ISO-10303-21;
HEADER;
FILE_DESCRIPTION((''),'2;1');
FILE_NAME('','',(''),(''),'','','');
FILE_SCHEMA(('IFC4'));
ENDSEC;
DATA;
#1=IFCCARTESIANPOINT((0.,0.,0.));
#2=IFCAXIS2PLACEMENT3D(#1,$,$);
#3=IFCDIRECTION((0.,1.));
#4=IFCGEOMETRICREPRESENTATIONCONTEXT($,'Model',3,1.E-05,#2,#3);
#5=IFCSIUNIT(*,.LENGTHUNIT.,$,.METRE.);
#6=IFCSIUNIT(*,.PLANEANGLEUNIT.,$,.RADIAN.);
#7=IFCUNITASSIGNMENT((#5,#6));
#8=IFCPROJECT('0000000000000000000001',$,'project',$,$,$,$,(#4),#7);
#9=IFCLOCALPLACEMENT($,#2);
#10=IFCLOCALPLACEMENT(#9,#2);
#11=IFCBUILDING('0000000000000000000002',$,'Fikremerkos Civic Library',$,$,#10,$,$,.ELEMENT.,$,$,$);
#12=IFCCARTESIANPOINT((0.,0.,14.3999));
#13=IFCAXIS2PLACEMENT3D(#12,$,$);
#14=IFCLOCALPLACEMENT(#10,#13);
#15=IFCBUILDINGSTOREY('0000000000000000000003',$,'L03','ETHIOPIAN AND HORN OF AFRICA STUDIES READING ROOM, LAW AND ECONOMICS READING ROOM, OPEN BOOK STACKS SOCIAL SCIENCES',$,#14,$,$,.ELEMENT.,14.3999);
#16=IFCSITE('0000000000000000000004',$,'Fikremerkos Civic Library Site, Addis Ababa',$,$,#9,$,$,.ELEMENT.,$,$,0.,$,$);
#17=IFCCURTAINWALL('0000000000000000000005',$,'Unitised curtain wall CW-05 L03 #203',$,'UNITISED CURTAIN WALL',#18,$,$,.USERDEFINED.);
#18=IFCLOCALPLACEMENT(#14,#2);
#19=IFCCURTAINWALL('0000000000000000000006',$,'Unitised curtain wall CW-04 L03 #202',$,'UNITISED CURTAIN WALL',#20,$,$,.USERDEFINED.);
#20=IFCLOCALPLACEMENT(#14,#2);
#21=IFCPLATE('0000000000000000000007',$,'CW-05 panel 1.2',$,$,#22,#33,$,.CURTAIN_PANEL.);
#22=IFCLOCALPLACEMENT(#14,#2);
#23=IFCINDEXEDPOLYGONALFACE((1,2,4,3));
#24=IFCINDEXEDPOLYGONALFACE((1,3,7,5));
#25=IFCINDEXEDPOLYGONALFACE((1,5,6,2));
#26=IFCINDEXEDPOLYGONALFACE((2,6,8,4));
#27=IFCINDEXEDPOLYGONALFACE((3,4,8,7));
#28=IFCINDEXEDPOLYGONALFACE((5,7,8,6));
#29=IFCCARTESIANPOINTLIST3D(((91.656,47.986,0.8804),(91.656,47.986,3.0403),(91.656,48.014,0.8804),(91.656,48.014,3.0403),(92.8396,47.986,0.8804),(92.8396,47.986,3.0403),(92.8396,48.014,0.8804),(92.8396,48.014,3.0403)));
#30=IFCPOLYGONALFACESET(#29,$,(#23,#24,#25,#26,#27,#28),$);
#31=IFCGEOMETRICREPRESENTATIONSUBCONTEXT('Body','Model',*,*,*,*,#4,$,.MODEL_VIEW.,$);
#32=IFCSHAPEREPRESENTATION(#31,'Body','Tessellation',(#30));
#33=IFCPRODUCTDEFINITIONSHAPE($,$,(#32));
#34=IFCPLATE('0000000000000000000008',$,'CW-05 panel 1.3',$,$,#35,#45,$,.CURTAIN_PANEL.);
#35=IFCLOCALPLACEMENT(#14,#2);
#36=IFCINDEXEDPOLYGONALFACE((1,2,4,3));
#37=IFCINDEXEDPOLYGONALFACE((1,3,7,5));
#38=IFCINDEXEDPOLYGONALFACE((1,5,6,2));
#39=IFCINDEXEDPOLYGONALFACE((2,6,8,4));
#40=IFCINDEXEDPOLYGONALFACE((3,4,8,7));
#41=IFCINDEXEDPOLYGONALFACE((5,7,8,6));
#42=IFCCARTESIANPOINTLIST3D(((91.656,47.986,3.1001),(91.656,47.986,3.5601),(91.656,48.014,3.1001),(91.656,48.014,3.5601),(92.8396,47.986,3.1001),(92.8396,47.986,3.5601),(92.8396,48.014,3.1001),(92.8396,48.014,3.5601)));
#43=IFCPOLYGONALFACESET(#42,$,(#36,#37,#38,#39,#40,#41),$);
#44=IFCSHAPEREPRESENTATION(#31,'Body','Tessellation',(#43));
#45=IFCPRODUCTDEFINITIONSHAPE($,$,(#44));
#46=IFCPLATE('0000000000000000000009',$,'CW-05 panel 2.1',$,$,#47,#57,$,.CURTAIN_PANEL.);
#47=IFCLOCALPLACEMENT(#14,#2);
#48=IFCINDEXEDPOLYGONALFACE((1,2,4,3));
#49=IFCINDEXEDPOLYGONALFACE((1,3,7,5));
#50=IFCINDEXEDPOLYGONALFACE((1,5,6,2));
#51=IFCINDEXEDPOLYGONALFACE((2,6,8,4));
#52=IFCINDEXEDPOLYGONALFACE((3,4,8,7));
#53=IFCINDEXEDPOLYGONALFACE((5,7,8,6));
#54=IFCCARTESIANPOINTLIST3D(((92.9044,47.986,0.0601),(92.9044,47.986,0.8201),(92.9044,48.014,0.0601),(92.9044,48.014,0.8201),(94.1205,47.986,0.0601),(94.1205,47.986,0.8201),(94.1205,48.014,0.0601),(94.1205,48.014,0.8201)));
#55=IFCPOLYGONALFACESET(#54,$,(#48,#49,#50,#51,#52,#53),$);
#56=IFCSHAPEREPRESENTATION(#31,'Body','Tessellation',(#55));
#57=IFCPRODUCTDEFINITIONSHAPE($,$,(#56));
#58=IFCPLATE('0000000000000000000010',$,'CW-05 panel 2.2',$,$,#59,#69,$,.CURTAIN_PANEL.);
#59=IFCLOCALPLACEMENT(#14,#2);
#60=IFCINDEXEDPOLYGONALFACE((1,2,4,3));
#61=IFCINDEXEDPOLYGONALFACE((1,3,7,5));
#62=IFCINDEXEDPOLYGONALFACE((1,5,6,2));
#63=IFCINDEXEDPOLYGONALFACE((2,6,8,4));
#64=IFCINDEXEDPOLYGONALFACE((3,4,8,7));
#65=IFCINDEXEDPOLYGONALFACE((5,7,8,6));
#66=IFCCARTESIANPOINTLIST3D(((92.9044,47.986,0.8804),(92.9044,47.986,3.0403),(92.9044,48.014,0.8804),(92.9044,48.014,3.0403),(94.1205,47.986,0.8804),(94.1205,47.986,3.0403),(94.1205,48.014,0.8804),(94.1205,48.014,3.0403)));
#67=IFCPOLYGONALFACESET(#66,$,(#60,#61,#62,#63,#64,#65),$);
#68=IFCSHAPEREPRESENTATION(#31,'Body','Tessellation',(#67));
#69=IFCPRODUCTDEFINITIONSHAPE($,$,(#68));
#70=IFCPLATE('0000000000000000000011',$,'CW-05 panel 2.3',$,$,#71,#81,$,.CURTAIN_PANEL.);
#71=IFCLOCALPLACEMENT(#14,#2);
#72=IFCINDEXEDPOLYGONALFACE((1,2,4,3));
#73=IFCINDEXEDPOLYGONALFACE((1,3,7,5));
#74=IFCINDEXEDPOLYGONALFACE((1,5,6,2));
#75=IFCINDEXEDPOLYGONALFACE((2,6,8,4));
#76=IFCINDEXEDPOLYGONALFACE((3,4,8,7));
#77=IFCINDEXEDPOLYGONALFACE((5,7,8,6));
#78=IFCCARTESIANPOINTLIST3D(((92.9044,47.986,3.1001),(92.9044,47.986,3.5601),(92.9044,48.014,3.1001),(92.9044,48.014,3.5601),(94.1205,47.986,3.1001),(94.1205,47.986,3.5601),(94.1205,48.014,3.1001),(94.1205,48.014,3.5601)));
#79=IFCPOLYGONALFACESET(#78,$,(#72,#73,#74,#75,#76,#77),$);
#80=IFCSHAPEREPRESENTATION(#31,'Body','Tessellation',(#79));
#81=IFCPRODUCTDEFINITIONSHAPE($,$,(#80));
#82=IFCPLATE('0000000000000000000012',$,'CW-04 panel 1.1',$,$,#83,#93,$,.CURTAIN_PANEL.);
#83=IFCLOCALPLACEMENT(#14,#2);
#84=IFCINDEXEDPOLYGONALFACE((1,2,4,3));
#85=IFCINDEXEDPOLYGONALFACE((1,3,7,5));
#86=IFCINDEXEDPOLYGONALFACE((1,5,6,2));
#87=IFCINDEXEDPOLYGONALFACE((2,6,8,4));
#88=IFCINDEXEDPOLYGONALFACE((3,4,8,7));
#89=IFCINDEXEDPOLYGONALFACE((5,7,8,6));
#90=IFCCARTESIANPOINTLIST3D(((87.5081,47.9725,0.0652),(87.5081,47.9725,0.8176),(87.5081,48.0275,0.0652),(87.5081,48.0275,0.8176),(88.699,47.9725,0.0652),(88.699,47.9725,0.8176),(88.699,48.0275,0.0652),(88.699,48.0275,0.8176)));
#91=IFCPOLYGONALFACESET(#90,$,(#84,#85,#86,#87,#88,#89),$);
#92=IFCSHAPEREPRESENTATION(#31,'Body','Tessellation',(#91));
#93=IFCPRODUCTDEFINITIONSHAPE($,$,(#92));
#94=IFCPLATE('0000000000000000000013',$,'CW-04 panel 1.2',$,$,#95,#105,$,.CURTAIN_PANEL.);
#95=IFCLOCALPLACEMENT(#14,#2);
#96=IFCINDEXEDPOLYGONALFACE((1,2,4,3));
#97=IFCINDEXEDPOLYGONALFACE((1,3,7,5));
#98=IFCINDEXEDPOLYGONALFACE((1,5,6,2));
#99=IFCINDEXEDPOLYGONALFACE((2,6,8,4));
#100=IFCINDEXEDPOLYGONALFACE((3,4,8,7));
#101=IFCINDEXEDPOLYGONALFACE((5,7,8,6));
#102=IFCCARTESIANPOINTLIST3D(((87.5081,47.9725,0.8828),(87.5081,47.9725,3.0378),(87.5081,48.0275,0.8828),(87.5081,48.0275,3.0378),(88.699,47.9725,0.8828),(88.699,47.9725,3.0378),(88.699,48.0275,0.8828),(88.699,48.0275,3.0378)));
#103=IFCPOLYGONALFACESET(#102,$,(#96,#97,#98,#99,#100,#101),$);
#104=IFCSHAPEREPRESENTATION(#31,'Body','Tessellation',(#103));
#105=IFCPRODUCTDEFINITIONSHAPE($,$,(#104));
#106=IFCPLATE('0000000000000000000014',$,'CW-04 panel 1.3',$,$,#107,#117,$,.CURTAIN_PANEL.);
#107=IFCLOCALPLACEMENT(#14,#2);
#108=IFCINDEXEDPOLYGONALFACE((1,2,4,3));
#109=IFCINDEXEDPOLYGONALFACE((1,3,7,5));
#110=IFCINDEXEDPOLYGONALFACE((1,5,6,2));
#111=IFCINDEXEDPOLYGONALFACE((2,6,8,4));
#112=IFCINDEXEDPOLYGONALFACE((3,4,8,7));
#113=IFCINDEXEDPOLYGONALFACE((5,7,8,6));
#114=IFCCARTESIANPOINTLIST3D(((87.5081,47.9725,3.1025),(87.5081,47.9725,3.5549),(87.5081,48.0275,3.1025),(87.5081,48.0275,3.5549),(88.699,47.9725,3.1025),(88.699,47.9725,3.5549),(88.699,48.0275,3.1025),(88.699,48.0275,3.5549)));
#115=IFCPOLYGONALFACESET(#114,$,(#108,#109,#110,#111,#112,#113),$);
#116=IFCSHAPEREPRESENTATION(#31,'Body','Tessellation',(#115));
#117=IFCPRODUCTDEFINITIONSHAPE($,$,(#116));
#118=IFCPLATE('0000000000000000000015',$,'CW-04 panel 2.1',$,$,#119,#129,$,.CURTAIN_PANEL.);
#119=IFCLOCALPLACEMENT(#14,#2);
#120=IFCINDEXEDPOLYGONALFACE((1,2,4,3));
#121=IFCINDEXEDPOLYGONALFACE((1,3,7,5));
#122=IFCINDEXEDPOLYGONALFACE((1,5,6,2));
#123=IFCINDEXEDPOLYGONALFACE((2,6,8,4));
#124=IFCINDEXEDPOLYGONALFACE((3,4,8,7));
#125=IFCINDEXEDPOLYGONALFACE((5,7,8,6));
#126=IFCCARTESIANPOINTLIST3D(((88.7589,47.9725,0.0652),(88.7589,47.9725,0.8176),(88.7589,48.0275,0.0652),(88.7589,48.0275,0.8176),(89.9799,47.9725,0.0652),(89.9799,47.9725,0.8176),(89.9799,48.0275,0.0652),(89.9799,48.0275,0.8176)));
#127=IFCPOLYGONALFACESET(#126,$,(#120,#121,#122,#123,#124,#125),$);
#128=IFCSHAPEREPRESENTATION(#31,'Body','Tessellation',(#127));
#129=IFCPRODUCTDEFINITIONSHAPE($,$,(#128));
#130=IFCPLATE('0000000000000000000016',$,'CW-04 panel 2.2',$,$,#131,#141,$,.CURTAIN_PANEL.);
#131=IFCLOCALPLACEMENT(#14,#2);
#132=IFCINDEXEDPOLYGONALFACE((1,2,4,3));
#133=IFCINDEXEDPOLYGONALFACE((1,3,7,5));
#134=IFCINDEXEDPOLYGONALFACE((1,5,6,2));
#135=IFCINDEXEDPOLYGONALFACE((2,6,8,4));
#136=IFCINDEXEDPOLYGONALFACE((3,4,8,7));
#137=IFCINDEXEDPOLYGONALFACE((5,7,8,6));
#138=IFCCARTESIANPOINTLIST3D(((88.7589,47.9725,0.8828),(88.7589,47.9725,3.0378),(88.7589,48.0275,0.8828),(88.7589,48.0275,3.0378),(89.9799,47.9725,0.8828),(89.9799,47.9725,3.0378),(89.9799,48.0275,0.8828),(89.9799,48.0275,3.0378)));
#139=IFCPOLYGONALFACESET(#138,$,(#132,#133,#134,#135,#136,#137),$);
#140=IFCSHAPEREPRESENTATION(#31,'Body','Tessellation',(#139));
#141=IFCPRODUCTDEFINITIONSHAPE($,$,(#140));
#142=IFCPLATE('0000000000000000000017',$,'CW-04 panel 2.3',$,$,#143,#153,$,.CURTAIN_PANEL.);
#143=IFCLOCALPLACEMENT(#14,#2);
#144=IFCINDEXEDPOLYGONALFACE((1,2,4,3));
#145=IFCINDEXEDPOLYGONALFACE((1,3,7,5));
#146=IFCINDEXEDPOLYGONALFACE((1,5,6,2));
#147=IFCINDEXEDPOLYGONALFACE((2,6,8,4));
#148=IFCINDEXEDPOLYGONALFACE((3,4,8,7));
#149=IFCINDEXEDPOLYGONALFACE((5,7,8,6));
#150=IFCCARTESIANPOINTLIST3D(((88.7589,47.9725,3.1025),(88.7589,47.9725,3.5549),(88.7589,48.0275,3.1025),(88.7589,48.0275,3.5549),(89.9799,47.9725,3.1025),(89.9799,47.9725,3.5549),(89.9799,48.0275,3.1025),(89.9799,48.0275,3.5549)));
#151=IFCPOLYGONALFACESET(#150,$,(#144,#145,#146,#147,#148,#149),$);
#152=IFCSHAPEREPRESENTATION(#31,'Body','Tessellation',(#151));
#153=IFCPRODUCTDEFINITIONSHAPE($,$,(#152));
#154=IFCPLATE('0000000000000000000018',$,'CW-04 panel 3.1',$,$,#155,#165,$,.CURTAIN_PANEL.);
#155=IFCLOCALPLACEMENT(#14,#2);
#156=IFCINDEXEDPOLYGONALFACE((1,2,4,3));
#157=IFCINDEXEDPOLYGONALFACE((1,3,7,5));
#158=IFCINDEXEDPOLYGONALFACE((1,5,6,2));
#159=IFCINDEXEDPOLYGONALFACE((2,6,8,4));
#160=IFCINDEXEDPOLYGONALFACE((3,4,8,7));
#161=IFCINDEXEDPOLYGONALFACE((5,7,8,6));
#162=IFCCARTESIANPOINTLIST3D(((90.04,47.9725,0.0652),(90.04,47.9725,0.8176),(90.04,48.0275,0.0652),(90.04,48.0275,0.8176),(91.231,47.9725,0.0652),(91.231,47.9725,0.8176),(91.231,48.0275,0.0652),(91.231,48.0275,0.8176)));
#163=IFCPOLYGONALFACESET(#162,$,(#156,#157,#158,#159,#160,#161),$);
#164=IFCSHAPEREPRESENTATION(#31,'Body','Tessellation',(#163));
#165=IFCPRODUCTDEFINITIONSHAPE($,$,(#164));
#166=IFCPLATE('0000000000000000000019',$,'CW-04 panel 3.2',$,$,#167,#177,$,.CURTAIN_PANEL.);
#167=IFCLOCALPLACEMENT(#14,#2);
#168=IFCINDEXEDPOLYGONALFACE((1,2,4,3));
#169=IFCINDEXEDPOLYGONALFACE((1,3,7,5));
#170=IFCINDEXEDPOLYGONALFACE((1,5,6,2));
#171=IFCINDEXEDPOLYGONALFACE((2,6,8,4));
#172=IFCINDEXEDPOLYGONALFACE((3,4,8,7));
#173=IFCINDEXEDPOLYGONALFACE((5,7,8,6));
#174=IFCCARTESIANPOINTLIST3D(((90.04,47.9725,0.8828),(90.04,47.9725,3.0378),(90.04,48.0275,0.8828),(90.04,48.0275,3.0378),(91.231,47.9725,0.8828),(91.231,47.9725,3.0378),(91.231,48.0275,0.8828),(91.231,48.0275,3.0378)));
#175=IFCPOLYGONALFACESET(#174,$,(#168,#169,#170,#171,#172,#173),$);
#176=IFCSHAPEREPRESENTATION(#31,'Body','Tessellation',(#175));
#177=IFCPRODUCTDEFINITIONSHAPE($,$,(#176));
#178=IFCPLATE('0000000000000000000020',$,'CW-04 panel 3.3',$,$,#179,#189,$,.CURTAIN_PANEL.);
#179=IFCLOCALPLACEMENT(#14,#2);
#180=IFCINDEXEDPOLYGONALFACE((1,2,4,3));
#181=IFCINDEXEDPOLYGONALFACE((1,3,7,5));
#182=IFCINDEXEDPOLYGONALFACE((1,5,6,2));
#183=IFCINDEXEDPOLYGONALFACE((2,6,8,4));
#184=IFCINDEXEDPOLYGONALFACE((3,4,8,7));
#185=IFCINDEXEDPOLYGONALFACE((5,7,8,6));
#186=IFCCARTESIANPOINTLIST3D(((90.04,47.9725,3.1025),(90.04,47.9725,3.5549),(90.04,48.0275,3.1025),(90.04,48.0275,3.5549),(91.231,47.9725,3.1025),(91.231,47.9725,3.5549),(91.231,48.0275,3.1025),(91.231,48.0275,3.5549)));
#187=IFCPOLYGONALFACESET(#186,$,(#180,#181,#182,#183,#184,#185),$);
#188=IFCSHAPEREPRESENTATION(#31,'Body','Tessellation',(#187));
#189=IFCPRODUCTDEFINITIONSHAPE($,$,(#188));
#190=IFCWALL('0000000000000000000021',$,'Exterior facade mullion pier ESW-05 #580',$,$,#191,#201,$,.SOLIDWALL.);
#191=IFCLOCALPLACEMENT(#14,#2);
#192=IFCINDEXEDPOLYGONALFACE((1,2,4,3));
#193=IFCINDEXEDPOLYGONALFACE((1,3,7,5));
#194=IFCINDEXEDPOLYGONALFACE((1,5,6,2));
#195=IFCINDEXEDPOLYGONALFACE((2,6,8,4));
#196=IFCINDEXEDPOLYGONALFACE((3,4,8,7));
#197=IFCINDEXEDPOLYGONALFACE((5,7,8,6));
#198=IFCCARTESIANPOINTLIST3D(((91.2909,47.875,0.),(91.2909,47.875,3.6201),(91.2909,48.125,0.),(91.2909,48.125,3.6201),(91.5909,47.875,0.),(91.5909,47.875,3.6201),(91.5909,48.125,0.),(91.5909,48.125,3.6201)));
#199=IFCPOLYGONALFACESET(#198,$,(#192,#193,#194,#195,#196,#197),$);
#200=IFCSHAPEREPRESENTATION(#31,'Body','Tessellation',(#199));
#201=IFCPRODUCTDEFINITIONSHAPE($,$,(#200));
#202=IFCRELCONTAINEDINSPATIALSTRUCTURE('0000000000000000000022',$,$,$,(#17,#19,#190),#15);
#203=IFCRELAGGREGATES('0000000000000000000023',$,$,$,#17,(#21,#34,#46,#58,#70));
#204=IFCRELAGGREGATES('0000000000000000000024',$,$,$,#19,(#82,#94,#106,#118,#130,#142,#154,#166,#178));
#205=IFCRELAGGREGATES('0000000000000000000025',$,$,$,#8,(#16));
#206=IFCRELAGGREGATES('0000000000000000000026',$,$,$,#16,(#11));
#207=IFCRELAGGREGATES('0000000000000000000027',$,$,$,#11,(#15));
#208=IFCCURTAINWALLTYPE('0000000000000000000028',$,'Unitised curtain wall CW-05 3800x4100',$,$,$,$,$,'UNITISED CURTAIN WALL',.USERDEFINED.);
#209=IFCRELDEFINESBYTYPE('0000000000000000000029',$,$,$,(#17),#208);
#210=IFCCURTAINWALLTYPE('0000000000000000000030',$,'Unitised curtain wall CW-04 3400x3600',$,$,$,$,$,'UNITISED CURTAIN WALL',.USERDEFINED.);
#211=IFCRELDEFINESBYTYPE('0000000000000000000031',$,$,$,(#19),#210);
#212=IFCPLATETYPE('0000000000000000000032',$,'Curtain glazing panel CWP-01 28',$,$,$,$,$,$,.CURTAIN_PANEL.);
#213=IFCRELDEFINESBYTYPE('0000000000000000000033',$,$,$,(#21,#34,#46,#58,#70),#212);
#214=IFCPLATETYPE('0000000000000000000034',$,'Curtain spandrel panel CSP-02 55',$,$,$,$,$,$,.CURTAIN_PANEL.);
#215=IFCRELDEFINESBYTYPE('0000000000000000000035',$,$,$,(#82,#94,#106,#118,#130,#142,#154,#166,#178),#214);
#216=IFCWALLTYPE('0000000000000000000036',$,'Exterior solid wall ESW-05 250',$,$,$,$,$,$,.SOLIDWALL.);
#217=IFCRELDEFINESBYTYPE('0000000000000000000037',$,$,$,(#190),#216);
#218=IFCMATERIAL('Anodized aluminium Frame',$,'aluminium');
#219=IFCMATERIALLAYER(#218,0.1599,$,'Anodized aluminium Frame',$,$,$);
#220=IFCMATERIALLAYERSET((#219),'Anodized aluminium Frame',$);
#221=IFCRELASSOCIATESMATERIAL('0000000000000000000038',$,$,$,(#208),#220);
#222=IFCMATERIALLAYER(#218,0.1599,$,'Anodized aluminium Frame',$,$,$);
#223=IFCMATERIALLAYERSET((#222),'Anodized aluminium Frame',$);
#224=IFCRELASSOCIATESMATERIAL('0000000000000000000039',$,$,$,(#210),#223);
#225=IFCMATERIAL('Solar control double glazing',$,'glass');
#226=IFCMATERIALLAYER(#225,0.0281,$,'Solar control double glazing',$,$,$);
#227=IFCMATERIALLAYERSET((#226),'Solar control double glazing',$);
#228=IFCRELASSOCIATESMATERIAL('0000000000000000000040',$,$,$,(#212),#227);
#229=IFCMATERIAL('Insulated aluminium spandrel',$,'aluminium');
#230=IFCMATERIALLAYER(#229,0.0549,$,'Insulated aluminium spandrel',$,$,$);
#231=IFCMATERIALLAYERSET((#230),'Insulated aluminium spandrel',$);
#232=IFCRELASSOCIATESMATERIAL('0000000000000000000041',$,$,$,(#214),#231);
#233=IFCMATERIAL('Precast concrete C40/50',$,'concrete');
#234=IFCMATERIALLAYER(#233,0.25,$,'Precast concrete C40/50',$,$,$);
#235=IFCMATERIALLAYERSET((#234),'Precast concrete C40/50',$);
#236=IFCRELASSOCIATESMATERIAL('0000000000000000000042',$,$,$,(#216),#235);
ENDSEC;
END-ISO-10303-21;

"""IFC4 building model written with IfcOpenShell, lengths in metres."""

from ifc_helpers import new_model, si_unit, direction, frame, frame_2d, origin, origin_2d, place, context, subcontext, project, spatial, rectangle, extrude, material, layer, layer_set, type_object, element, aggregate, save


model = new_model("IFC4")

# Units and contexts
model_context = context("Model", 3, precision=1e-05, world=origin(), true_north=direction((0.0, 1.0)))
body_context = subcontext(model_context, "Body", "Model", "MODEL_VIEW")
ifc_project = project(units=[si_unit("LENGTHUNIT", "METRE"), si_unit("PLANEANGLEUNIT", "RADIAN")], contexts=[model_context])

# Site, building, storey
site_placement = place(None, origin())
site = spatial("IfcSite", under=ifc_project, at=site_placement, Name="Fikremerkos Civic Library Site, Addis Ababa", CompositionType="ELEMENT", RefElevation=0.0)
building_placement = place(site_placement, origin())
building = spatial("IfcBuilding", under=site, at=building_placement, Name="Fikremerkos Civic Library", CompositionType="ELEMENT")
storey_placement = place(building_placement, frame((0.0, 0.0, 14.3999)))
storey = spatial("IfcBuildingStorey", under=building, at=storey_placement, Name="L03", Description="ETHIOPIAN AND HORN OF AFRICA STUDIES READING ROOM, LAW AND ECONOMICS READING ROOM, OPEN BOOK STACKS SOCIAL SCIENCES", CompositionType="ELEMENT", Elevation=14.3999)

# Curtain walls
ifc_material_1 = material(Name="Anodized aluminium Frame", Category="aluminium")
ifc_layer_1 = layer(ifc_material_1, 0.1599, Name="Anodized aluminium Frame")
ifc_layer_set_1 = layer_set([ifc_layer_1], Name="Anodized aluminium Frame")
curtain_wall_type_1 = type_object("IfcCurtainWallType", Name="Unitised curtain wall CW-05 3800x4100", ElementType="UNITISED CURTAIN WALL", PredefinedType="USERDEFINED", material=ifc_layer_set_1)
curtain_wall_1_placement = place(storey_placement, origin())
curtain_wall_1 = element("IfcCurtainWall", 1, at=curtain_wall_1_placement, inside=storey, type_object=curtain_wall_type_1, Name="Unitised curtain wall CW-05 L03 #203", ObjectType="UNITISED CURTAIN WALL", PredefinedType="USERDEFINED")
ifc_layer_2 = layer(ifc_material_1, 0.1599, Name="Anodized aluminium Frame")
ifc_layer_set_2 = layer_set([ifc_layer_2], Name="Anodized aluminium Frame")
curtain_wall_type_2 = type_object("IfcCurtainWallType", Name="Unitised curtain wall CW-04 3400x3600", ElementType="UNITISED CURTAIN WALL", PredefinedType="USERDEFINED", material=ifc_layer_set_2)
curtain_wall_2_placement = place(storey_placement, origin())
curtain_wall_2 = element("IfcCurtainWall", 2, at=curtain_wall_2_placement, inside=storey, type_object=curtain_wall_type_2, Name="Unitised curtain wall CW-04 L03 #202", ObjectType="UNITISED CURTAIN WALL", PredefinedType="USERDEFINED")

# Plates
ifc_material_2 = material(Name="Solar control double glazing", Category="glass")
ifc_layer_3 = layer(ifc_material_2, 0.0281, Name="Solar control double glazing")
ifc_layer_set_3 = layer_set([ifc_layer_3], Name="Solar control double glazing")
plate_type_1 = type_object("IfcPlateType", Name="Curtain glazing panel CWP-01 28", PredefinedType="CURTAIN_PANEL", material=ifc_layer_set_3)
plate_1_placement = place(storey_placement, frame((92.2478, 48.0, 0.8804), z_axis=(0.0, 0.0, 1.0), x_axis=(1.0, 0.0, 0.0)))
plate_1 = element("IfcPlate", 3, at=plate_1_placement, type_object=plate_type_1, Name="CW-05 panel 1.2", PredefinedType="CURTAIN_PANEL", context=body_context, shape_type="SweptSolid", body=[
    extrude(rectangle(XDim=1.1836, YDim=0.0281, at=origin_2d()), origin(), (0.0, 0.0, 1.0), 2.1599),
])
plate_2_placement = place(storey_placement, frame((92.2478, 48.0, 3.1001), z_axis=(0.0, 0.0, 1.0), x_axis=(1.0, 0.0, 0.0)))
plate_2 = element("IfcPlate", 4, at=plate_2_placement, type_object=plate_type_1, Name="CW-05 panel 1.3", PredefinedType="CURTAIN_PANEL", context=body_context, shape_type="SweptSolid", body=[
    extrude(rectangle(XDim=1.1836, YDim=0.0281, at=origin_2d()), origin(), (0.0, 0.0, 1.0), 0.46),
])
plate_3_placement = place(storey_placement, frame((93.5125, 48.0, 0.0601), z_axis=(0.0, 0.0, 1.0), x_axis=(1.0, 0.0, 0.0)))
plate_3 = element("IfcPlate", 5, at=plate_3_placement, type_object=plate_type_1, Name="CW-05 panel 2.1", PredefinedType="CURTAIN_PANEL", context=body_context, shape_type="SweptSolid", body=[
    extrude(rectangle(XDim=1.2161, YDim=0.0281, at=origin_2d()), origin(), (0.0, 0.0, 1.0), 0.76),
])
plate_4_placement = place(storey_placement, frame((93.5125, 48.0, 0.8804), z_axis=(0.0, 0.0, 1.0), x_axis=(1.0, 0.0, 0.0)))
plate_4 = element("IfcPlate", 6, at=plate_4_placement, type_object=plate_type_1, Name="CW-05 panel 2.2", PredefinedType="CURTAIN_PANEL", context=body_context, shape_type="SweptSolid", body=[
    extrude(rectangle(XDim=1.2161, YDim=0.0281, at=origin_2d()), origin(), (0.0, 0.0, 1.0), 2.1599),
])
plate_5_placement = place(storey_placement, frame((93.5125, 48.0, 3.1001), z_axis=(0.0, 0.0, 1.0), x_axis=(1.0, 0.0, 0.0)))
plate_5 = element("IfcPlate", 7, at=plate_5_placement, type_object=plate_type_1, Name="CW-05 panel 2.3", PredefinedType="CURTAIN_PANEL", context=body_context, shape_type="SweptSolid", body=[
    extrude(rectangle(XDim=1.2161, YDim=0.0281, at=origin_2d()), origin(), (0.0, 0.0, 1.0), 0.46),
])
aggregate(curtain_wall_1, [plate_1, plate_2, plate_3, plate_4, plate_5])
ifc_material_3 = material(Name="Insulated aluminium spandrel", Category="aluminium")
ifc_layer_4 = layer(ifc_material_3, 0.0549, Name="Insulated aluminium spandrel")
ifc_layer_set_4 = layer_set([ifc_layer_4], Name="Insulated aluminium spandrel")
plate_type_2 = type_object("IfcPlateType", Name="Curtain spandrel panel CSP-02 55", PredefinedType="CURTAIN_PANEL", material=ifc_layer_set_4)
plate_6_placement = place(storey_placement, frame((88.1035, 48.0, 0.0652), z_axis=(0.0, 0.0, 1.0), x_axis=(1.0, 0.0, 0.0)))
plate_6 = element("IfcPlate", 8, at=plate_6_placement, type_object=plate_type_2, Name="CW-04 panel 1.1", PredefinedType="CURTAIN_PANEL", context=body_context, shape_type="SweptSolid", body=[
    extrude(rectangle(XDim=1.1909, YDim=0.0549, at=origin_2d()), origin(), (0.0, 0.0, 1.0), 0.7524),
])
plate_7_placement = place(storey_placement, frame((88.1035, 48.0, 0.8828), z_axis=(0.0, 0.0, 1.0), x_axis=(1.0, 0.0, 0.0)))
plate_7 = element("IfcPlate", 9, at=plate_7_placement, type_object=plate_type_2, Name="CW-04 panel 1.2", PredefinedType="CURTAIN_PANEL", context=body_context, shape_type="SweptSolid", body=[
    extrude(rectangle(XDim=1.1909, YDim=0.0549, at=origin_2d()), origin(), (0.0, 0.0, 1.0), 2.155),
])
plate_8_placement = place(storey_placement, frame((88.1035, 48.0, 3.1025), z_axis=(0.0, 0.0, 1.0), x_axis=(1.0, 0.0, 0.0)))
plate_8 = element("IfcPlate", 10, at=plate_8_placement, type_object=plate_type_2, Name="CW-04 panel 1.3", PredefinedType="CURTAIN_PANEL", context=body_context, shape_type="SweptSolid", body=[
    extrude(rectangle(XDim=1.1909, YDim=0.0549, at=origin_2d()), origin(), (0.0, 0.0, 1.0), 0.4524),
])
plate_9_placement = place(storey_placement, frame((89.3694, 48.0, 0.0652), z_axis=(0.0, 0.0, 1.0), x_axis=(1.0, 0.0, 0.0)))
plate_9 = element("IfcPlate", 11, at=plate_9_placement, type_object=plate_type_2, Name="CW-04 panel 2.1", PredefinedType="CURTAIN_PANEL", context=body_context, shape_type="SweptSolid", body=[
    extrude(rectangle(XDim=1.2209, YDim=0.0549, at=origin_2d()), origin(), (0.0, 0.0, 1.0), 0.7524),
])
plate_10_placement = place(storey_placement, frame((89.3694, 48.0, 0.8828), z_axis=(0.0, 0.0, 1.0), x_axis=(1.0, 0.0, 0.0)))
plate_10 = element("IfcPlate", 12, at=plate_10_placement, type_object=plate_type_2, Name="CW-04 panel 2.2", PredefinedType="CURTAIN_PANEL", context=body_context, shape_type="SweptSolid", body=[
    extrude(rectangle(XDim=1.2209, YDim=0.0549, at=origin_2d()), origin(), (0.0, 0.0, 1.0), 2.155),
])
plate_11_placement = place(storey_placement, frame((89.3694, 48.0, 3.1025), z_axis=(0.0, 0.0, 1.0), x_axis=(1.0, 0.0, 0.0)))
plate_11 = element("IfcPlate", 13, at=plate_11_placement, type_object=plate_type_2, Name="CW-04 panel 2.3", PredefinedType="CURTAIN_PANEL", context=body_context, shape_type="SweptSolid", body=[
    extrude(rectangle(XDim=1.2209, YDim=0.0549, at=origin_2d()), origin(), (0.0, 0.0, 1.0), 0.4524),
])
plate_12_placement = place(storey_placement, frame((90.6355, 48.0, 0.0652), z_axis=(0.0, 0.0, 1.0), x_axis=(1.0, 0.0, 0.0)))
plate_12 = element("IfcPlate", 14, at=plate_12_placement, type_object=plate_type_2, Name="CW-04 panel 3.1", PredefinedType="CURTAIN_PANEL", context=body_context, shape_type="SweptSolid", body=[
    extrude(rectangle(XDim=1.1909, YDim=0.0549, at=origin_2d()), origin(), (0.0, 0.0, 1.0), 0.7524),
])
plate_13_placement = place(storey_placement, frame((90.6355, 48.0, 0.8828), z_axis=(0.0, 0.0, 1.0), x_axis=(1.0, 0.0, 0.0)))
plate_13 = element("IfcPlate", 15, at=plate_13_placement, type_object=plate_type_2, Name="CW-04 panel 3.2", PredefinedType="CURTAIN_PANEL", context=body_context, shape_type="SweptSolid", body=[
    extrude(rectangle(XDim=1.1909, YDim=0.0549, at=origin_2d()), origin(), (0.0, 0.0, 1.0), 2.155),
])
plate_14_placement = place(storey_placement, frame((90.6355, 48.0, 3.1025), z_axis=(0.0, 0.0, 1.0), x_axis=(1.0, 0.0, 0.0)))
plate_14 = element("IfcPlate", 16, at=plate_14_placement, type_object=plate_type_2, Name="CW-04 panel 3.3", PredefinedType="CURTAIN_PANEL", context=body_context, shape_type="SweptSolid", body=[
    extrude(rectangle(XDim=1.1909, YDim=0.0549, at=origin_2d()), origin(), (0.0, 0.0, 1.0), 0.4524),
])
aggregate(curtain_wall_2, [plate_6, plate_7, plate_8, plate_9, plate_10, plate_11, plate_12, plate_13, plate_14])

# Wall
ifc_material_4 = material(Name="Precast concrete C40/50", Category="concrete")
ifc_layer_5 = layer(ifc_material_4, 0.25, Name="Precast concrete C40/50")
ifc_layer_set_5 = layer_set([ifc_layer_5], Name="Precast concrete C40/50")
wall_type = type_object("IfcWallType", Name="Exterior solid wall ESW-05 250", PredefinedType="SOLIDWALL", material=ifc_layer_set_5)
wall_placement = place(storey_placement, frame((91.291, 48.0, 0.0), z_axis=(0.0, 0.0, 1.0), x_axis=(1.0, 0.0, 0.0)))
element("IfcWall", 17, at=wall_placement, inside=storey, type_object=wall_type, Name="Exterior facade mullion pier ESW-05 #580", PredefinedType="SOLIDWALL", context=body_context, shape_type="SweptSolid", body=[
    extrude(rectangle(XDim=0.3, YDim=0.25, at=frame_2d((0.1499, 0.0))), origin(), (0.0, 0.0, 1.0), 3.6201),
])

save(model, "model.ifc")
